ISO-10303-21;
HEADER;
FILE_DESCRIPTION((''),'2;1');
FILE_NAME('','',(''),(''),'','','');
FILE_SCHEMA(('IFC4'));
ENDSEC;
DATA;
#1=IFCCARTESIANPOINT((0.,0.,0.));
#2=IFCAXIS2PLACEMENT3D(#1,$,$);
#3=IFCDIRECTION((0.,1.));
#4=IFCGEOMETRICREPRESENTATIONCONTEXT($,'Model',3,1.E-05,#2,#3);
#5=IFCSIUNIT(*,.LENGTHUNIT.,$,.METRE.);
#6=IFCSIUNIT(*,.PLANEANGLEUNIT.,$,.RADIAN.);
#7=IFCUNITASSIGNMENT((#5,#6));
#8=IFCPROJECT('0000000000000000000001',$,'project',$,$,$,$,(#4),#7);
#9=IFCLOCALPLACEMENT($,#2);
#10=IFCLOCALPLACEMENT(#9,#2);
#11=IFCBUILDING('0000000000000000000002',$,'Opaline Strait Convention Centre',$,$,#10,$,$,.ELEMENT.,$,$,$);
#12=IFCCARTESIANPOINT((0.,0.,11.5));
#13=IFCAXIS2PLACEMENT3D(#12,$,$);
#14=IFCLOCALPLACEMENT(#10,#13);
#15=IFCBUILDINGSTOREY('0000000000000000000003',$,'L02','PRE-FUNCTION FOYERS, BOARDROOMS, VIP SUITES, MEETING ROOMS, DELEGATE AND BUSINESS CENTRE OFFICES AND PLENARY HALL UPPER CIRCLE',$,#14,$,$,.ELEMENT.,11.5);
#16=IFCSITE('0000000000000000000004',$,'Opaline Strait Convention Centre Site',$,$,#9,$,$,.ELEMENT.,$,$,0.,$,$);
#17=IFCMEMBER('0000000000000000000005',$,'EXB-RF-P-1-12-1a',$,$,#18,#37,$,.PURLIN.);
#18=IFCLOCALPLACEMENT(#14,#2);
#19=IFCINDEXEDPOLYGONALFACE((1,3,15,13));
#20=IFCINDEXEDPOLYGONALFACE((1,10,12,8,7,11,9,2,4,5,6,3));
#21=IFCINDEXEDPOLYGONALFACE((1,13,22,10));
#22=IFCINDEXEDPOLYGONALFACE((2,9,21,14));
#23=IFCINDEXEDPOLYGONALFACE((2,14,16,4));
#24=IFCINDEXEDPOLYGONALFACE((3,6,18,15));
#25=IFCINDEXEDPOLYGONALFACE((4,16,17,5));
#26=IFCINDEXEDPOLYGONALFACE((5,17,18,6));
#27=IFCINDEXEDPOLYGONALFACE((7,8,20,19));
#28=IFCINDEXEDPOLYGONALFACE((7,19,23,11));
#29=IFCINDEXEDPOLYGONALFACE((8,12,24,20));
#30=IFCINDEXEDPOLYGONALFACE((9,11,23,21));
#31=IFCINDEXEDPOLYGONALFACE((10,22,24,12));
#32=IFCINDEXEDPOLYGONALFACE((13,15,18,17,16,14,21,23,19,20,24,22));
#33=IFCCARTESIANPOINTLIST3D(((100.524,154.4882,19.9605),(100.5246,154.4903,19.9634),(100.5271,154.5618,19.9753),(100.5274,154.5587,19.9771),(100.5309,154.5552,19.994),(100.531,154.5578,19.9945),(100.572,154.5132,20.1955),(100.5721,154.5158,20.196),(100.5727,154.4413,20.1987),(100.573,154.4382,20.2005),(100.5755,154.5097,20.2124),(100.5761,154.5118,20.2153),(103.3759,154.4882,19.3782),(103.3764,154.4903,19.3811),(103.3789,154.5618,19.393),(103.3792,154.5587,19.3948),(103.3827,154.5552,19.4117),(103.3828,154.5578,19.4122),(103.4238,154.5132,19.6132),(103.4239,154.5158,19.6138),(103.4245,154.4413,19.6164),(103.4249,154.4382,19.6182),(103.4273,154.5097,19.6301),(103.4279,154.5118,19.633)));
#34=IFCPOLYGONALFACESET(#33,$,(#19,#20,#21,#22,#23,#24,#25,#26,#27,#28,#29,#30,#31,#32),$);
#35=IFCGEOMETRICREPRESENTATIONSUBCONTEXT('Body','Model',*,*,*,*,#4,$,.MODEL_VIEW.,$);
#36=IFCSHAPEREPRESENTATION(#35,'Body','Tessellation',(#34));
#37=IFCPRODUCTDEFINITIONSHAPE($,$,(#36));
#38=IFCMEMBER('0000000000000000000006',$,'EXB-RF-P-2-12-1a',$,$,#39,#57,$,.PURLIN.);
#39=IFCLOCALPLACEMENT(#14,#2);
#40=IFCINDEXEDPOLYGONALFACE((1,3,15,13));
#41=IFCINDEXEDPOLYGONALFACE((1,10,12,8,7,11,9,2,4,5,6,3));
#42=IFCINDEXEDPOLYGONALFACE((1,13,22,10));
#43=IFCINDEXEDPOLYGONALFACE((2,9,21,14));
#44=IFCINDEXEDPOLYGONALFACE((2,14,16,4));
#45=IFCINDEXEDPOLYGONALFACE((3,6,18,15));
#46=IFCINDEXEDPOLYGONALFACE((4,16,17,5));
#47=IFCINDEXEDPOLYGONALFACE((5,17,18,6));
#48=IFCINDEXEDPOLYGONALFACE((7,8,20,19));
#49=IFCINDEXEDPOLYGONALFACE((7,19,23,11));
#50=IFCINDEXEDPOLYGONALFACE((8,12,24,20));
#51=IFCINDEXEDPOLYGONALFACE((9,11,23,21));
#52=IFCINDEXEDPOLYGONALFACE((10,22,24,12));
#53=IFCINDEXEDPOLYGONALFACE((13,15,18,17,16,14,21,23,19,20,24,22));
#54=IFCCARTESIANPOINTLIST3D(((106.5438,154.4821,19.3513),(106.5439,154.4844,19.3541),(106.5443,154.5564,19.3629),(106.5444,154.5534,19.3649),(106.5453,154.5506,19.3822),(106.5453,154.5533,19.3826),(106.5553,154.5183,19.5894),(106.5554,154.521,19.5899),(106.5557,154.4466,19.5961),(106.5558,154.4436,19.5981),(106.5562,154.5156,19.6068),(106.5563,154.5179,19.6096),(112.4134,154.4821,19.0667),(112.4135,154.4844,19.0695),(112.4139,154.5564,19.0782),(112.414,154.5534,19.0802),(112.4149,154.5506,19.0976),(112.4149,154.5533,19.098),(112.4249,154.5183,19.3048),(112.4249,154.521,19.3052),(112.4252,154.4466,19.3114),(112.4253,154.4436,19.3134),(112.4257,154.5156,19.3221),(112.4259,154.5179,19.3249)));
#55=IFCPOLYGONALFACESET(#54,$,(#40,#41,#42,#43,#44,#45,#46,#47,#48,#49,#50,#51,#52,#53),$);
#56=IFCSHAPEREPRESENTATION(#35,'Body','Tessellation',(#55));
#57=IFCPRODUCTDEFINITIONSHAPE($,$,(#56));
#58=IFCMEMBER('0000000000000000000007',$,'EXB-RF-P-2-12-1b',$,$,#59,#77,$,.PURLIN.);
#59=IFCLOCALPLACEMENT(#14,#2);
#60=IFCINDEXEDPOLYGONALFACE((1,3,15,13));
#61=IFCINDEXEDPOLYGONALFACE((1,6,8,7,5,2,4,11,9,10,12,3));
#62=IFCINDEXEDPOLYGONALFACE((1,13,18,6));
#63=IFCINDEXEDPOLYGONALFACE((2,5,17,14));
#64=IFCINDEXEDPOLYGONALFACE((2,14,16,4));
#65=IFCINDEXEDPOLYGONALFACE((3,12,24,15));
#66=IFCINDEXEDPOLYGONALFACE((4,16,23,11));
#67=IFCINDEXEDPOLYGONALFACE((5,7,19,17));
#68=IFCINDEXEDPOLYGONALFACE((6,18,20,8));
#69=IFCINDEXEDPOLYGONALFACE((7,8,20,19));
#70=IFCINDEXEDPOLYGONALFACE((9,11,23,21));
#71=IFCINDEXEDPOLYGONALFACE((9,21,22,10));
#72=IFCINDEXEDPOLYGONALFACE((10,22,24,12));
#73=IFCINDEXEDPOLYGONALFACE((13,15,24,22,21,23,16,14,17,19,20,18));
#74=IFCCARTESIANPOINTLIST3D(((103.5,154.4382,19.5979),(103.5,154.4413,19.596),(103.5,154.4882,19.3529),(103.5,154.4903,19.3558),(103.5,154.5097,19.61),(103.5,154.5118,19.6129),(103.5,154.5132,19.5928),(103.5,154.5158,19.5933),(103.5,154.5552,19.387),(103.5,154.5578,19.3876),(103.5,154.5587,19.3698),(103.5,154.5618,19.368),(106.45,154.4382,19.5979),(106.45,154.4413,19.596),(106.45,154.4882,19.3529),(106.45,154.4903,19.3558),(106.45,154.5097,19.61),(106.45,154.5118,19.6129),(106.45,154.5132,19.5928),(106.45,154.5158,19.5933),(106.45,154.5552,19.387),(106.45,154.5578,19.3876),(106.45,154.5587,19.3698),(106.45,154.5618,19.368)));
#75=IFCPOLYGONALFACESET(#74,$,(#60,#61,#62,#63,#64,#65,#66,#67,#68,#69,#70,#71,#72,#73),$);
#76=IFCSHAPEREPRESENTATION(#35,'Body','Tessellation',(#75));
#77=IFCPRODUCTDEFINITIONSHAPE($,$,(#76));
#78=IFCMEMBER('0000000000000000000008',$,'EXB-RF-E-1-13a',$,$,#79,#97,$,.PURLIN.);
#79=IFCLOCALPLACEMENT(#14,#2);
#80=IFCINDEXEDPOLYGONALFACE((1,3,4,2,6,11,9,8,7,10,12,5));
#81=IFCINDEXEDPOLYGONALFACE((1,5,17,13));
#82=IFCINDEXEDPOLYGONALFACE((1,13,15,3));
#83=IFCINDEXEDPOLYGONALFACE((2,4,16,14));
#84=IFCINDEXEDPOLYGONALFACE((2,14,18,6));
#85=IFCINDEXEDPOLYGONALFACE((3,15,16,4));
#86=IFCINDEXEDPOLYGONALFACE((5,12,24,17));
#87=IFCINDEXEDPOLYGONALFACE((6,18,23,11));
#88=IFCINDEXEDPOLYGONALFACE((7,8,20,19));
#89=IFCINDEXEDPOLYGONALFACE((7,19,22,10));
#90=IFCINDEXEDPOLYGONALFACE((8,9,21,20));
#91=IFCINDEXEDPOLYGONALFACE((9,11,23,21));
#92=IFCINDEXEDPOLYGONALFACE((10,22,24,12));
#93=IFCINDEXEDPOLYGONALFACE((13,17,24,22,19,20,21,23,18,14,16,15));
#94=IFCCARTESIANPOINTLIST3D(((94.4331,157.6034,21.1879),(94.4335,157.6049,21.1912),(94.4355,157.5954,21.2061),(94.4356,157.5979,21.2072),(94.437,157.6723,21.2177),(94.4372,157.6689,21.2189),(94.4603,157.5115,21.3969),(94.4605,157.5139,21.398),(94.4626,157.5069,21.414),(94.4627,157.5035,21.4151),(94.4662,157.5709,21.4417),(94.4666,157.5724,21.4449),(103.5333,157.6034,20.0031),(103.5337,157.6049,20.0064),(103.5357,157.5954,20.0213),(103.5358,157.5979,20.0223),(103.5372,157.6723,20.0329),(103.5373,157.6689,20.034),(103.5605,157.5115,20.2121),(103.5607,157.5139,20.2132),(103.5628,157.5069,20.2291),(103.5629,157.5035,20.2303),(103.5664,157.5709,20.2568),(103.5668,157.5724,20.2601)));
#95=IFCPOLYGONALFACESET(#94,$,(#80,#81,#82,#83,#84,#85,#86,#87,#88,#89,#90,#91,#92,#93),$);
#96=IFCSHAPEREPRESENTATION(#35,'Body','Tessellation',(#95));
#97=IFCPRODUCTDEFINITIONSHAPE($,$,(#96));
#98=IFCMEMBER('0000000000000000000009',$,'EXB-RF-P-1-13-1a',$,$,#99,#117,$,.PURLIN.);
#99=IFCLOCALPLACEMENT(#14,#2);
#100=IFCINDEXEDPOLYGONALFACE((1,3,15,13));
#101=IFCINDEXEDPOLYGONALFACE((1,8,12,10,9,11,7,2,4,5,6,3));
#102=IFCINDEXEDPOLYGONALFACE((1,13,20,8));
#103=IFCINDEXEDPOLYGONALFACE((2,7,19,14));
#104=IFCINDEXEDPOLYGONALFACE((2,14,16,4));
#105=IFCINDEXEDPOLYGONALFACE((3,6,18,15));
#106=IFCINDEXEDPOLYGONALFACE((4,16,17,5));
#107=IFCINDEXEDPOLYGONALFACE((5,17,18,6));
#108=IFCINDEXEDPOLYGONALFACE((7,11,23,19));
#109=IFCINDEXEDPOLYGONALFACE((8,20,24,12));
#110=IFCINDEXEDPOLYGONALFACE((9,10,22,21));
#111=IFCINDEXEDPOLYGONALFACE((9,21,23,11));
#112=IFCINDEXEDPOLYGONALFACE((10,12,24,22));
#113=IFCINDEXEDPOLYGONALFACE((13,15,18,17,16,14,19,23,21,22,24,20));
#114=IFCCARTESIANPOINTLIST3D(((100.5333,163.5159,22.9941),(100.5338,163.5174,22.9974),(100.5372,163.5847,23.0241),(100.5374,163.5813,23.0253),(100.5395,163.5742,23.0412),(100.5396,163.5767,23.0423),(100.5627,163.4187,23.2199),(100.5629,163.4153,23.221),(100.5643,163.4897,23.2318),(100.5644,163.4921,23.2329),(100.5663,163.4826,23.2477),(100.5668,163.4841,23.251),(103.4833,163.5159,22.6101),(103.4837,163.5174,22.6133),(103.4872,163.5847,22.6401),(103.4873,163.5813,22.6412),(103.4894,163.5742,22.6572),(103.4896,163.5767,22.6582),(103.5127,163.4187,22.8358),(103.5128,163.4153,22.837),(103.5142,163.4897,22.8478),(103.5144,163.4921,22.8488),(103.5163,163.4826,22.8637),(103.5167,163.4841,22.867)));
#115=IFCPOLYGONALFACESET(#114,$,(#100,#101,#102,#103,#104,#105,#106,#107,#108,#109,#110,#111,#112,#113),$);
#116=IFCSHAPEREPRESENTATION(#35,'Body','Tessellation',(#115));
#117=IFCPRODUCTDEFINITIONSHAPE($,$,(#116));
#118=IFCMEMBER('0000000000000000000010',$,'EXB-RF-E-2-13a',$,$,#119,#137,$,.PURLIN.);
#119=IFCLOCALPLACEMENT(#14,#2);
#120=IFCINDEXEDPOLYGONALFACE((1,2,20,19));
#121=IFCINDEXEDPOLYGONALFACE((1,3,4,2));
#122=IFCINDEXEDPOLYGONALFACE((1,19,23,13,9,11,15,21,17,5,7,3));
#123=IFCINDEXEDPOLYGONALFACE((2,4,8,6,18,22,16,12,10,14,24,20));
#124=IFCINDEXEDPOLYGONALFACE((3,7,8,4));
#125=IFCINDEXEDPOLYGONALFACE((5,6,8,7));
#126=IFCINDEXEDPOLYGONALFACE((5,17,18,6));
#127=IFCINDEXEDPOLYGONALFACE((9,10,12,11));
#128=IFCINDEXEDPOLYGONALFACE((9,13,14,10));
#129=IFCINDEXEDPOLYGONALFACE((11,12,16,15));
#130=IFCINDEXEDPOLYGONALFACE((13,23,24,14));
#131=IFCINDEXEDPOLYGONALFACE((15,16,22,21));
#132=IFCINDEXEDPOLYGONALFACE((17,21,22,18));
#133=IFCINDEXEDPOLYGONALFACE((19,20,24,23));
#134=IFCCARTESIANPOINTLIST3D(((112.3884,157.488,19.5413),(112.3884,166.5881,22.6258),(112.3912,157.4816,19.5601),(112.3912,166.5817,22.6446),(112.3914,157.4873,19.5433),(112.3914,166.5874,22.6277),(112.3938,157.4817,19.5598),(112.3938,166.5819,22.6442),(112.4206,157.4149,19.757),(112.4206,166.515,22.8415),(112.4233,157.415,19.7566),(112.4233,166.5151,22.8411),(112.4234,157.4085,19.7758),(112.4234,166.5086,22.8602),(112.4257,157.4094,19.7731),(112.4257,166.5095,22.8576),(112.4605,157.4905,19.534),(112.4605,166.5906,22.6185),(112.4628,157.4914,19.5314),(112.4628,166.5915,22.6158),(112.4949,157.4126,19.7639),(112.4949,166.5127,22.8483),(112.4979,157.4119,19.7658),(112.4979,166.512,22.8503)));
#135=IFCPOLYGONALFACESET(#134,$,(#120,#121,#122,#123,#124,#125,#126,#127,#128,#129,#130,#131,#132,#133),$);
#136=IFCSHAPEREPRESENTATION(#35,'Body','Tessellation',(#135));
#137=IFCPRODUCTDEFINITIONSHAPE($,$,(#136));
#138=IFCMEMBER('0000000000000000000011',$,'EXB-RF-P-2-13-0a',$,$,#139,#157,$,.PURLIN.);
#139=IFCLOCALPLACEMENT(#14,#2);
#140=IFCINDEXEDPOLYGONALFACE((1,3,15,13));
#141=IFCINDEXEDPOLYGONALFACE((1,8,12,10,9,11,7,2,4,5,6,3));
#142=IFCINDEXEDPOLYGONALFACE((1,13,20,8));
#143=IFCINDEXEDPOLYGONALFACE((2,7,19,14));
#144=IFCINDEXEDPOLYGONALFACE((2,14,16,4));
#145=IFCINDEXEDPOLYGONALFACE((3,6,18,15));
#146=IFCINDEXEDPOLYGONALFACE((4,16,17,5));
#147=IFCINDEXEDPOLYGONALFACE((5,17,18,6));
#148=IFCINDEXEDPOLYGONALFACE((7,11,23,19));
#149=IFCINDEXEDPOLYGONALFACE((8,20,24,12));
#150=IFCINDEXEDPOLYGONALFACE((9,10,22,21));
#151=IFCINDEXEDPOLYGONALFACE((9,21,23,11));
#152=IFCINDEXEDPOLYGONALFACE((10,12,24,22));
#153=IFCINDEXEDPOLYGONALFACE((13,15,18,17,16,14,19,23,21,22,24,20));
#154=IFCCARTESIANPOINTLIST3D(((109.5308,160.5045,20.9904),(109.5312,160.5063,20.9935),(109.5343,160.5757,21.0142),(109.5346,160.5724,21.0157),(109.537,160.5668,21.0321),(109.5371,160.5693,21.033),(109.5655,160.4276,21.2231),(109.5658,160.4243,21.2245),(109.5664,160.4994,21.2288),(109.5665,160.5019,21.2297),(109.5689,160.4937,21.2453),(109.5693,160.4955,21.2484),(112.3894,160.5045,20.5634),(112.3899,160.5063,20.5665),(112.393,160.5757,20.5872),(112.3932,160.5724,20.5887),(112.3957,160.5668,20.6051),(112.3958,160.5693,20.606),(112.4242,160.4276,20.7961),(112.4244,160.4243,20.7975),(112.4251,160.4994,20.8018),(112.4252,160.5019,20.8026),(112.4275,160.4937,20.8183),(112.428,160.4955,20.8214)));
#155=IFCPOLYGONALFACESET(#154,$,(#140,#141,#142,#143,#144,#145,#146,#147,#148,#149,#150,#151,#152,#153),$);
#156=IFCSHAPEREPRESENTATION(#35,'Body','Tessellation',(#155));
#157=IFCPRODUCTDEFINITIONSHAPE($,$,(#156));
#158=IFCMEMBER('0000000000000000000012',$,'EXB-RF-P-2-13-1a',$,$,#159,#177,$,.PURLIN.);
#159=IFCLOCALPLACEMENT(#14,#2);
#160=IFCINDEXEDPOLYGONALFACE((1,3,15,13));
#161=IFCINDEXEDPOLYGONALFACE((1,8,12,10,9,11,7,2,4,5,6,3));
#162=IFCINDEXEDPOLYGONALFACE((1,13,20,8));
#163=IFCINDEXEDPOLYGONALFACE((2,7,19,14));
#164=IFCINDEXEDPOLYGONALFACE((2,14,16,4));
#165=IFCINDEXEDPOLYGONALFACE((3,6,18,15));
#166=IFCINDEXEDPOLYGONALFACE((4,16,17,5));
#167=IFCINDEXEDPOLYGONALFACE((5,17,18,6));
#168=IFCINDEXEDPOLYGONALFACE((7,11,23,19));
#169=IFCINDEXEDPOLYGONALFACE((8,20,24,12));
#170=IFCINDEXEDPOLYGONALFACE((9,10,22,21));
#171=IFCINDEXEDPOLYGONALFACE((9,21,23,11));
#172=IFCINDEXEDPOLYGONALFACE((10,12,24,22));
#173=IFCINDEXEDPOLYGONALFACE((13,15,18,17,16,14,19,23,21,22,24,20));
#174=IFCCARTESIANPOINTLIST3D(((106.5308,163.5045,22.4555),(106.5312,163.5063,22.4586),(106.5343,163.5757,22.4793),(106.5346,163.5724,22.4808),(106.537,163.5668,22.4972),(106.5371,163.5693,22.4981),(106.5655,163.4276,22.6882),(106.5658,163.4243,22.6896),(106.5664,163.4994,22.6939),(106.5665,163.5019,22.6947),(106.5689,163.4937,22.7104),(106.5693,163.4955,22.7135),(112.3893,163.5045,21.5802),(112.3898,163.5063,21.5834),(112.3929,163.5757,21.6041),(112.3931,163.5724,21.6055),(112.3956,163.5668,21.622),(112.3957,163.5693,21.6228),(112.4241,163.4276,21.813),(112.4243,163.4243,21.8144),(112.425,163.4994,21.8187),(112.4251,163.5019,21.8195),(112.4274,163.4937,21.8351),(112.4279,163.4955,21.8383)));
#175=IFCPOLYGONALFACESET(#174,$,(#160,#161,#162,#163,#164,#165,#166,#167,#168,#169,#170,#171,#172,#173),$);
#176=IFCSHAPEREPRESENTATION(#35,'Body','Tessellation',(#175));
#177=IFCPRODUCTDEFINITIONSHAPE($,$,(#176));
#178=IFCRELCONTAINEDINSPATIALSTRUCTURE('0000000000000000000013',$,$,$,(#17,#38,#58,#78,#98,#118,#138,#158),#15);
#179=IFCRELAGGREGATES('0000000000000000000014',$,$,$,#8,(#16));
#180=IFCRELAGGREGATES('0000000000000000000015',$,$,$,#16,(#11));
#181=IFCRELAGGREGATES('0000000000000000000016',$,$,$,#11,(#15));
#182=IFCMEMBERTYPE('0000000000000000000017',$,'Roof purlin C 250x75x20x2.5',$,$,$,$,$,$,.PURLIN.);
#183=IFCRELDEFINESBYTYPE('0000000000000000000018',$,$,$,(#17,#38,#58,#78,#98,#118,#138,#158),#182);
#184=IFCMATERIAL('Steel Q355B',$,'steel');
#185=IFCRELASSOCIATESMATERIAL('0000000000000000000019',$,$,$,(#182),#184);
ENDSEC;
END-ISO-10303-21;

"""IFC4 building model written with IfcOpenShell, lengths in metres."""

from ifc_helpers import new_model, si_unit, direction, frame, origin, place, context, subcontext, project, spatial, polyline, outline, extrude, material, material_profile, profile_set, type_object, element, save


model = new_model("IFC4")

# Units and contexts
model_context = context("Model", 3, precision=1e-05, world=origin(), true_north=direction((0.0, 1.0)))
body_context = subcontext(model_context, "Body", "Model", "MODEL_VIEW")
ifc_project = project(units=[si_unit("LENGTHUNIT", "METRE"), si_unit("PLANEANGLEUNIT", "RADIAN")], contexts=[model_context])

# Site, building, storey
site_placement = place(None, origin())
site = spatial("IfcSite", under=ifc_project, at=site_placement, Name="Opaline Strait Convention Centre Site", CompositionType="ELEMENT", RefElevation=0.0)
building_placement = place(site_placement, origin())
building = spatial("IfcBuilding", under=site, at=building_placement, Name="Opaline Strait Convention Centre", CompositionType="ELEMENT")
storey_placement = place(building_placement, frame((0.0, 0.0, 11.5)))
storey = spatial("IfcBuildingStorey", under=building, at=storey_placement, Name="L02", Description="PRE-FUNCTION FOYERS, BOARDROOMS, VIP SUITES, MEETING ROOMS, DELEGATE AND BUSINESS CENTRE OFFICES AND PLENARY HALL UPPER CIRCLE", CompositionType="ELEMENT", Elevation=11.5)

# Members
ifc_material_1 = material(Name="Steel Q355B", Category="steel")
ifc_material_profile_1 = material_profile(ifc_material_1, outline(polyline([(-0.0376, -0.125), (0.0376, -0.125), (0.0376, -0.105), (0.0349, -0.105), (0.0349, -0.1226), (-0.0349, -0.1226), (-0.0349, 0.1226), (0.0349, 0.1226), (0.0349, 0.105), (0.0376, 0.105), (0.0376, 0.125), (-0.0376, 0.125), (-0.0376, -0.125)])), Name="C 250x75x20x2.5")
ifc_profile_set_1 = profile_set([ifc_material_profile_1], Name="Steel Q355B")
member_type_1 = type_object("IfcMemberType", Name="Roof purlin C 250x75x20x2.5", PredefinedType="PURLIN", material=ifc_profile_set_1)
member_1_placement = place(storey_placement, frame((100.55, 154.5, 20.0879), z_axis=(0.979786, 0.0, -0.20005), x_axis=(0.040026, 0.97978, 0.196033)))
element("IfcMember", 1, at=member_1_placement, inside=storey, type_object=member_type_1, Name="EXB-RF-P-1-12-1a", PredefinedType="PURLIN", context=body_context, shape_type="SweptSolid", body=[
    extrude(outline(polyline([(-0.0376, -0.125), (0.0376, -0.125), (0.0376, -0.105), (0.0349, -0.105), (0.0349, -0.1226), (-0.0349, -0.1226), (-0.0349, 0.1226), (0.0349, 0.1226), (0.0349, 0.105), (0.0376, 0.105), (0.0376, 0.125), (-0.0376, 0.125), (-0.0376, -0.125)])), origin(), (0.0, 0.0, 1.0), 2.9106),
])
member_2_placement = place(storey_placement, frame((106.55, 154.5, 19.4805), z_axis=(0.998826, 0.0, -0.048442), x_axis=(0.007453, 0.988092, 0.153683)))
element("IfcMember", 2, at=member_2_placement, inside=storey, type_object=member_type_1, Name="EXB-RF-P-2-12-1a", PredefinedType="PURLIN", context=body_context, shape_type="SweptSolid", body=[
    extrude(outline(polyline([(-0.0376, -0.125), (0.0376, -0.125), (0.0376, -0.105), (0.0349, -0.105), (0.0349, -0.1226), (-0.0349, -0.1226), (-0.0349, 0.1226), (0.0349, 0.1226), (0.0349, 0.105), (0.0376, 0.105), (0.0376, 0.125), (-0.0376, 0.125), (-0.0376, -0.125)])), origin(), (0.0, 0.0, 1.0), 5.8765),
])
member_3_placement = place(storey_placement, frame((103.5, 154.5, 19.4829), z_axis=(1.0, 0.0, 0.0), x_axis=(0.0, 0.97978, 0.200078)))
element("IfcMember", 3, at=member_3_placement, inside=storey, type_object=member_type_1, Name="EXB-RF-P-2-12-1b", PredefinedType="PURLIN", context=body_context, shape_type="SweptSolid", body=[
    extrude(outline(polyline([(-0.0376, -0.125), (0.0376, -0.125), (0.0376, -0.105), (0.0349, -0.105), (0.0349, -0.1226), (-0.0349, -0.1226), (-0.0349, 0.1226), (0.0349, 0.1226), (0.0349, 0.105), (0.0376, 0.105), (0.0376, 0.125), (-0.0376, 0.125), (-0.0376, -0.125)])), origin(), (0.0, 0.0, 1.0), 2.95),
])
member_4_placement = place(storey_placement, frame((103.55, 157.5879, 20.1316), z_axis=(-0.99163, 0.0, 0.129108), x_axis=(-0.051619, -0.916598, -0.396464)))
element("IfcMember", 4, at=member_4_placement, inside=storey, type_object=member_type_1, Name="EXB-RF-E-1-13a", PredefinedType="PURLIN", context=body_context, shape_type="SweptSolid", body=[
    extrude(outline(polyline([(-0.0376, -0.125), (0.0376, -0.125), (0.0376, -0.105), (0.0349, -0.105), (0.0349, -0.1226), (-0.0349, -0.1226), (-0.0349, 0.1226), (0.0349, 0.1226), (0.0349, 0.105), (0.0376, 0.105), (0.0376, 0.125), (-0.0376, 0.125), (-0.0376, -0.125)])), origin(), (0.0, 0.0, 1.0), 9.177),
])
member_5_placement = place(storey_placement, frame((100.55, 163.5, 23.1226), z_axis=(0.991632, 0.0, -0.129094), x_axis=(0.051978, 0.915359, 0.399271)))
element("IfcMember", 5, at=member_5_placement, inside=storey, type_object=member_type_1, Name="EXB-RF-P-1-13-1a", PredefinedType="PURLIN", context=body_context, shape_type="SweptSolid", body=[
    extrude(outline(polyline([(-0.0376, -0.125), (0.0376, -0.125), (0.0376, -0.105), (0.0349, -0.105), (0.0349, -0.1226), (-0.0349, -0.1226), (-0.0349, 0.1226), (0.0349, 0.1226), (0.0349, 0.105), (0.0376, 0.105), (0.0376, 0.125), (-0.0376, 0.125), (-0.0376, -0.125)])), origin(), (0.0, 0.0, 1.0), 2.9749),
])
member_6_placement = place(storey_placement, frame((112.4431, 157.45, 19.6536), z_axis=(0.0, 0.947076, 0.321011), x_axis=(-0.990137, -0.044975, 0.132688)))
element("IfcMember", 6, at=member_6_placement, inside=storey, type_object=member_type_1, Name="EXB-RF-E-2-13a", PredefinedType="PURLIN", context=body_context, shape_type="SweptSolid", body=[
    extrude(outline(polyline([(-0.0376, -0.125), (0.0376, -0.125), (0.0376, -0.105), (0.0349, -0.105), (0.0349, -0.1226), (-0.0349, -0.1226), (-0.0349, 0.1226), (0.0349, 0.1226), (0.0349, 0.105), (0.0376, 0.105), (0.0376, 0.125), (-0.0376, 0.125), (-0.0376, -0.125)])), origin(), (0.0, 0.0, 1.0), 9.6086),
])
member_7_placement = place(storey_placement, frame((109.55, 160.5, 21.1194), z_axis=(0.989027, 0.0, -0.147733), x_axis=(0.047425, 0.947074, 0.317492)))
element("IfcMember", 7, at=member_7_placement, inside=storey, type_object=member_type_1, Name="EXB-RF-P-2-13-0a", PredefinedType="PURLIN", context=body_context, shape_type="SweptSolid", body=[
    extrude(outline(polyline([(-0.0376, -0.125), (0.0376, -0.125), (0.0376, -0.105), (0.0349, -0.105), (0.0349, -0.1226), (-0.0349, -0.1226), (-0.0349, 0.1226), (0.0349, 0.1226), (0.0349, 0.105), (0.0376, 0.105), (0.0376, 0.125), (-0.0376, 0.125), (-0.0376, -0.125)])), origin(), (0.0, 0.0, 1.0), 2.8904),
])
member_8_placement = place(storey_placement, frame((106.55, 163.5, 22.5845), z_axis=(0.989024, 0.0, -0.147754), x_axis=(0.047431, 0.947074, 0.317491)))
element("IfcMember", 8, at=member_8_placement, inside=storey, type_object=member_type_1, Name="EXB-RF-P-2-13-1a", PredefinedType="PURLIN", context=body_context, shape_type="SweptSolid", body=[
    extrude(outline(polyline([(-0.0376, -0.125), (0.0376, -0.125), (0.0376, -0.105), (0.0349, -0.105), (0.0349, -0.1226), (-0.0349, -0.1226), (-0.0349, 0.1226), (0.0349, 0.1226), (0.0349, 0.105), (0.0376, 0.105), (0.0376, 0.125), (-0.0376, 0.125), (-0.0376, -0.125)])), origin(), (0.0, 0.0, 1.0), 5.9236),
])

save(model, "model.ifc")
